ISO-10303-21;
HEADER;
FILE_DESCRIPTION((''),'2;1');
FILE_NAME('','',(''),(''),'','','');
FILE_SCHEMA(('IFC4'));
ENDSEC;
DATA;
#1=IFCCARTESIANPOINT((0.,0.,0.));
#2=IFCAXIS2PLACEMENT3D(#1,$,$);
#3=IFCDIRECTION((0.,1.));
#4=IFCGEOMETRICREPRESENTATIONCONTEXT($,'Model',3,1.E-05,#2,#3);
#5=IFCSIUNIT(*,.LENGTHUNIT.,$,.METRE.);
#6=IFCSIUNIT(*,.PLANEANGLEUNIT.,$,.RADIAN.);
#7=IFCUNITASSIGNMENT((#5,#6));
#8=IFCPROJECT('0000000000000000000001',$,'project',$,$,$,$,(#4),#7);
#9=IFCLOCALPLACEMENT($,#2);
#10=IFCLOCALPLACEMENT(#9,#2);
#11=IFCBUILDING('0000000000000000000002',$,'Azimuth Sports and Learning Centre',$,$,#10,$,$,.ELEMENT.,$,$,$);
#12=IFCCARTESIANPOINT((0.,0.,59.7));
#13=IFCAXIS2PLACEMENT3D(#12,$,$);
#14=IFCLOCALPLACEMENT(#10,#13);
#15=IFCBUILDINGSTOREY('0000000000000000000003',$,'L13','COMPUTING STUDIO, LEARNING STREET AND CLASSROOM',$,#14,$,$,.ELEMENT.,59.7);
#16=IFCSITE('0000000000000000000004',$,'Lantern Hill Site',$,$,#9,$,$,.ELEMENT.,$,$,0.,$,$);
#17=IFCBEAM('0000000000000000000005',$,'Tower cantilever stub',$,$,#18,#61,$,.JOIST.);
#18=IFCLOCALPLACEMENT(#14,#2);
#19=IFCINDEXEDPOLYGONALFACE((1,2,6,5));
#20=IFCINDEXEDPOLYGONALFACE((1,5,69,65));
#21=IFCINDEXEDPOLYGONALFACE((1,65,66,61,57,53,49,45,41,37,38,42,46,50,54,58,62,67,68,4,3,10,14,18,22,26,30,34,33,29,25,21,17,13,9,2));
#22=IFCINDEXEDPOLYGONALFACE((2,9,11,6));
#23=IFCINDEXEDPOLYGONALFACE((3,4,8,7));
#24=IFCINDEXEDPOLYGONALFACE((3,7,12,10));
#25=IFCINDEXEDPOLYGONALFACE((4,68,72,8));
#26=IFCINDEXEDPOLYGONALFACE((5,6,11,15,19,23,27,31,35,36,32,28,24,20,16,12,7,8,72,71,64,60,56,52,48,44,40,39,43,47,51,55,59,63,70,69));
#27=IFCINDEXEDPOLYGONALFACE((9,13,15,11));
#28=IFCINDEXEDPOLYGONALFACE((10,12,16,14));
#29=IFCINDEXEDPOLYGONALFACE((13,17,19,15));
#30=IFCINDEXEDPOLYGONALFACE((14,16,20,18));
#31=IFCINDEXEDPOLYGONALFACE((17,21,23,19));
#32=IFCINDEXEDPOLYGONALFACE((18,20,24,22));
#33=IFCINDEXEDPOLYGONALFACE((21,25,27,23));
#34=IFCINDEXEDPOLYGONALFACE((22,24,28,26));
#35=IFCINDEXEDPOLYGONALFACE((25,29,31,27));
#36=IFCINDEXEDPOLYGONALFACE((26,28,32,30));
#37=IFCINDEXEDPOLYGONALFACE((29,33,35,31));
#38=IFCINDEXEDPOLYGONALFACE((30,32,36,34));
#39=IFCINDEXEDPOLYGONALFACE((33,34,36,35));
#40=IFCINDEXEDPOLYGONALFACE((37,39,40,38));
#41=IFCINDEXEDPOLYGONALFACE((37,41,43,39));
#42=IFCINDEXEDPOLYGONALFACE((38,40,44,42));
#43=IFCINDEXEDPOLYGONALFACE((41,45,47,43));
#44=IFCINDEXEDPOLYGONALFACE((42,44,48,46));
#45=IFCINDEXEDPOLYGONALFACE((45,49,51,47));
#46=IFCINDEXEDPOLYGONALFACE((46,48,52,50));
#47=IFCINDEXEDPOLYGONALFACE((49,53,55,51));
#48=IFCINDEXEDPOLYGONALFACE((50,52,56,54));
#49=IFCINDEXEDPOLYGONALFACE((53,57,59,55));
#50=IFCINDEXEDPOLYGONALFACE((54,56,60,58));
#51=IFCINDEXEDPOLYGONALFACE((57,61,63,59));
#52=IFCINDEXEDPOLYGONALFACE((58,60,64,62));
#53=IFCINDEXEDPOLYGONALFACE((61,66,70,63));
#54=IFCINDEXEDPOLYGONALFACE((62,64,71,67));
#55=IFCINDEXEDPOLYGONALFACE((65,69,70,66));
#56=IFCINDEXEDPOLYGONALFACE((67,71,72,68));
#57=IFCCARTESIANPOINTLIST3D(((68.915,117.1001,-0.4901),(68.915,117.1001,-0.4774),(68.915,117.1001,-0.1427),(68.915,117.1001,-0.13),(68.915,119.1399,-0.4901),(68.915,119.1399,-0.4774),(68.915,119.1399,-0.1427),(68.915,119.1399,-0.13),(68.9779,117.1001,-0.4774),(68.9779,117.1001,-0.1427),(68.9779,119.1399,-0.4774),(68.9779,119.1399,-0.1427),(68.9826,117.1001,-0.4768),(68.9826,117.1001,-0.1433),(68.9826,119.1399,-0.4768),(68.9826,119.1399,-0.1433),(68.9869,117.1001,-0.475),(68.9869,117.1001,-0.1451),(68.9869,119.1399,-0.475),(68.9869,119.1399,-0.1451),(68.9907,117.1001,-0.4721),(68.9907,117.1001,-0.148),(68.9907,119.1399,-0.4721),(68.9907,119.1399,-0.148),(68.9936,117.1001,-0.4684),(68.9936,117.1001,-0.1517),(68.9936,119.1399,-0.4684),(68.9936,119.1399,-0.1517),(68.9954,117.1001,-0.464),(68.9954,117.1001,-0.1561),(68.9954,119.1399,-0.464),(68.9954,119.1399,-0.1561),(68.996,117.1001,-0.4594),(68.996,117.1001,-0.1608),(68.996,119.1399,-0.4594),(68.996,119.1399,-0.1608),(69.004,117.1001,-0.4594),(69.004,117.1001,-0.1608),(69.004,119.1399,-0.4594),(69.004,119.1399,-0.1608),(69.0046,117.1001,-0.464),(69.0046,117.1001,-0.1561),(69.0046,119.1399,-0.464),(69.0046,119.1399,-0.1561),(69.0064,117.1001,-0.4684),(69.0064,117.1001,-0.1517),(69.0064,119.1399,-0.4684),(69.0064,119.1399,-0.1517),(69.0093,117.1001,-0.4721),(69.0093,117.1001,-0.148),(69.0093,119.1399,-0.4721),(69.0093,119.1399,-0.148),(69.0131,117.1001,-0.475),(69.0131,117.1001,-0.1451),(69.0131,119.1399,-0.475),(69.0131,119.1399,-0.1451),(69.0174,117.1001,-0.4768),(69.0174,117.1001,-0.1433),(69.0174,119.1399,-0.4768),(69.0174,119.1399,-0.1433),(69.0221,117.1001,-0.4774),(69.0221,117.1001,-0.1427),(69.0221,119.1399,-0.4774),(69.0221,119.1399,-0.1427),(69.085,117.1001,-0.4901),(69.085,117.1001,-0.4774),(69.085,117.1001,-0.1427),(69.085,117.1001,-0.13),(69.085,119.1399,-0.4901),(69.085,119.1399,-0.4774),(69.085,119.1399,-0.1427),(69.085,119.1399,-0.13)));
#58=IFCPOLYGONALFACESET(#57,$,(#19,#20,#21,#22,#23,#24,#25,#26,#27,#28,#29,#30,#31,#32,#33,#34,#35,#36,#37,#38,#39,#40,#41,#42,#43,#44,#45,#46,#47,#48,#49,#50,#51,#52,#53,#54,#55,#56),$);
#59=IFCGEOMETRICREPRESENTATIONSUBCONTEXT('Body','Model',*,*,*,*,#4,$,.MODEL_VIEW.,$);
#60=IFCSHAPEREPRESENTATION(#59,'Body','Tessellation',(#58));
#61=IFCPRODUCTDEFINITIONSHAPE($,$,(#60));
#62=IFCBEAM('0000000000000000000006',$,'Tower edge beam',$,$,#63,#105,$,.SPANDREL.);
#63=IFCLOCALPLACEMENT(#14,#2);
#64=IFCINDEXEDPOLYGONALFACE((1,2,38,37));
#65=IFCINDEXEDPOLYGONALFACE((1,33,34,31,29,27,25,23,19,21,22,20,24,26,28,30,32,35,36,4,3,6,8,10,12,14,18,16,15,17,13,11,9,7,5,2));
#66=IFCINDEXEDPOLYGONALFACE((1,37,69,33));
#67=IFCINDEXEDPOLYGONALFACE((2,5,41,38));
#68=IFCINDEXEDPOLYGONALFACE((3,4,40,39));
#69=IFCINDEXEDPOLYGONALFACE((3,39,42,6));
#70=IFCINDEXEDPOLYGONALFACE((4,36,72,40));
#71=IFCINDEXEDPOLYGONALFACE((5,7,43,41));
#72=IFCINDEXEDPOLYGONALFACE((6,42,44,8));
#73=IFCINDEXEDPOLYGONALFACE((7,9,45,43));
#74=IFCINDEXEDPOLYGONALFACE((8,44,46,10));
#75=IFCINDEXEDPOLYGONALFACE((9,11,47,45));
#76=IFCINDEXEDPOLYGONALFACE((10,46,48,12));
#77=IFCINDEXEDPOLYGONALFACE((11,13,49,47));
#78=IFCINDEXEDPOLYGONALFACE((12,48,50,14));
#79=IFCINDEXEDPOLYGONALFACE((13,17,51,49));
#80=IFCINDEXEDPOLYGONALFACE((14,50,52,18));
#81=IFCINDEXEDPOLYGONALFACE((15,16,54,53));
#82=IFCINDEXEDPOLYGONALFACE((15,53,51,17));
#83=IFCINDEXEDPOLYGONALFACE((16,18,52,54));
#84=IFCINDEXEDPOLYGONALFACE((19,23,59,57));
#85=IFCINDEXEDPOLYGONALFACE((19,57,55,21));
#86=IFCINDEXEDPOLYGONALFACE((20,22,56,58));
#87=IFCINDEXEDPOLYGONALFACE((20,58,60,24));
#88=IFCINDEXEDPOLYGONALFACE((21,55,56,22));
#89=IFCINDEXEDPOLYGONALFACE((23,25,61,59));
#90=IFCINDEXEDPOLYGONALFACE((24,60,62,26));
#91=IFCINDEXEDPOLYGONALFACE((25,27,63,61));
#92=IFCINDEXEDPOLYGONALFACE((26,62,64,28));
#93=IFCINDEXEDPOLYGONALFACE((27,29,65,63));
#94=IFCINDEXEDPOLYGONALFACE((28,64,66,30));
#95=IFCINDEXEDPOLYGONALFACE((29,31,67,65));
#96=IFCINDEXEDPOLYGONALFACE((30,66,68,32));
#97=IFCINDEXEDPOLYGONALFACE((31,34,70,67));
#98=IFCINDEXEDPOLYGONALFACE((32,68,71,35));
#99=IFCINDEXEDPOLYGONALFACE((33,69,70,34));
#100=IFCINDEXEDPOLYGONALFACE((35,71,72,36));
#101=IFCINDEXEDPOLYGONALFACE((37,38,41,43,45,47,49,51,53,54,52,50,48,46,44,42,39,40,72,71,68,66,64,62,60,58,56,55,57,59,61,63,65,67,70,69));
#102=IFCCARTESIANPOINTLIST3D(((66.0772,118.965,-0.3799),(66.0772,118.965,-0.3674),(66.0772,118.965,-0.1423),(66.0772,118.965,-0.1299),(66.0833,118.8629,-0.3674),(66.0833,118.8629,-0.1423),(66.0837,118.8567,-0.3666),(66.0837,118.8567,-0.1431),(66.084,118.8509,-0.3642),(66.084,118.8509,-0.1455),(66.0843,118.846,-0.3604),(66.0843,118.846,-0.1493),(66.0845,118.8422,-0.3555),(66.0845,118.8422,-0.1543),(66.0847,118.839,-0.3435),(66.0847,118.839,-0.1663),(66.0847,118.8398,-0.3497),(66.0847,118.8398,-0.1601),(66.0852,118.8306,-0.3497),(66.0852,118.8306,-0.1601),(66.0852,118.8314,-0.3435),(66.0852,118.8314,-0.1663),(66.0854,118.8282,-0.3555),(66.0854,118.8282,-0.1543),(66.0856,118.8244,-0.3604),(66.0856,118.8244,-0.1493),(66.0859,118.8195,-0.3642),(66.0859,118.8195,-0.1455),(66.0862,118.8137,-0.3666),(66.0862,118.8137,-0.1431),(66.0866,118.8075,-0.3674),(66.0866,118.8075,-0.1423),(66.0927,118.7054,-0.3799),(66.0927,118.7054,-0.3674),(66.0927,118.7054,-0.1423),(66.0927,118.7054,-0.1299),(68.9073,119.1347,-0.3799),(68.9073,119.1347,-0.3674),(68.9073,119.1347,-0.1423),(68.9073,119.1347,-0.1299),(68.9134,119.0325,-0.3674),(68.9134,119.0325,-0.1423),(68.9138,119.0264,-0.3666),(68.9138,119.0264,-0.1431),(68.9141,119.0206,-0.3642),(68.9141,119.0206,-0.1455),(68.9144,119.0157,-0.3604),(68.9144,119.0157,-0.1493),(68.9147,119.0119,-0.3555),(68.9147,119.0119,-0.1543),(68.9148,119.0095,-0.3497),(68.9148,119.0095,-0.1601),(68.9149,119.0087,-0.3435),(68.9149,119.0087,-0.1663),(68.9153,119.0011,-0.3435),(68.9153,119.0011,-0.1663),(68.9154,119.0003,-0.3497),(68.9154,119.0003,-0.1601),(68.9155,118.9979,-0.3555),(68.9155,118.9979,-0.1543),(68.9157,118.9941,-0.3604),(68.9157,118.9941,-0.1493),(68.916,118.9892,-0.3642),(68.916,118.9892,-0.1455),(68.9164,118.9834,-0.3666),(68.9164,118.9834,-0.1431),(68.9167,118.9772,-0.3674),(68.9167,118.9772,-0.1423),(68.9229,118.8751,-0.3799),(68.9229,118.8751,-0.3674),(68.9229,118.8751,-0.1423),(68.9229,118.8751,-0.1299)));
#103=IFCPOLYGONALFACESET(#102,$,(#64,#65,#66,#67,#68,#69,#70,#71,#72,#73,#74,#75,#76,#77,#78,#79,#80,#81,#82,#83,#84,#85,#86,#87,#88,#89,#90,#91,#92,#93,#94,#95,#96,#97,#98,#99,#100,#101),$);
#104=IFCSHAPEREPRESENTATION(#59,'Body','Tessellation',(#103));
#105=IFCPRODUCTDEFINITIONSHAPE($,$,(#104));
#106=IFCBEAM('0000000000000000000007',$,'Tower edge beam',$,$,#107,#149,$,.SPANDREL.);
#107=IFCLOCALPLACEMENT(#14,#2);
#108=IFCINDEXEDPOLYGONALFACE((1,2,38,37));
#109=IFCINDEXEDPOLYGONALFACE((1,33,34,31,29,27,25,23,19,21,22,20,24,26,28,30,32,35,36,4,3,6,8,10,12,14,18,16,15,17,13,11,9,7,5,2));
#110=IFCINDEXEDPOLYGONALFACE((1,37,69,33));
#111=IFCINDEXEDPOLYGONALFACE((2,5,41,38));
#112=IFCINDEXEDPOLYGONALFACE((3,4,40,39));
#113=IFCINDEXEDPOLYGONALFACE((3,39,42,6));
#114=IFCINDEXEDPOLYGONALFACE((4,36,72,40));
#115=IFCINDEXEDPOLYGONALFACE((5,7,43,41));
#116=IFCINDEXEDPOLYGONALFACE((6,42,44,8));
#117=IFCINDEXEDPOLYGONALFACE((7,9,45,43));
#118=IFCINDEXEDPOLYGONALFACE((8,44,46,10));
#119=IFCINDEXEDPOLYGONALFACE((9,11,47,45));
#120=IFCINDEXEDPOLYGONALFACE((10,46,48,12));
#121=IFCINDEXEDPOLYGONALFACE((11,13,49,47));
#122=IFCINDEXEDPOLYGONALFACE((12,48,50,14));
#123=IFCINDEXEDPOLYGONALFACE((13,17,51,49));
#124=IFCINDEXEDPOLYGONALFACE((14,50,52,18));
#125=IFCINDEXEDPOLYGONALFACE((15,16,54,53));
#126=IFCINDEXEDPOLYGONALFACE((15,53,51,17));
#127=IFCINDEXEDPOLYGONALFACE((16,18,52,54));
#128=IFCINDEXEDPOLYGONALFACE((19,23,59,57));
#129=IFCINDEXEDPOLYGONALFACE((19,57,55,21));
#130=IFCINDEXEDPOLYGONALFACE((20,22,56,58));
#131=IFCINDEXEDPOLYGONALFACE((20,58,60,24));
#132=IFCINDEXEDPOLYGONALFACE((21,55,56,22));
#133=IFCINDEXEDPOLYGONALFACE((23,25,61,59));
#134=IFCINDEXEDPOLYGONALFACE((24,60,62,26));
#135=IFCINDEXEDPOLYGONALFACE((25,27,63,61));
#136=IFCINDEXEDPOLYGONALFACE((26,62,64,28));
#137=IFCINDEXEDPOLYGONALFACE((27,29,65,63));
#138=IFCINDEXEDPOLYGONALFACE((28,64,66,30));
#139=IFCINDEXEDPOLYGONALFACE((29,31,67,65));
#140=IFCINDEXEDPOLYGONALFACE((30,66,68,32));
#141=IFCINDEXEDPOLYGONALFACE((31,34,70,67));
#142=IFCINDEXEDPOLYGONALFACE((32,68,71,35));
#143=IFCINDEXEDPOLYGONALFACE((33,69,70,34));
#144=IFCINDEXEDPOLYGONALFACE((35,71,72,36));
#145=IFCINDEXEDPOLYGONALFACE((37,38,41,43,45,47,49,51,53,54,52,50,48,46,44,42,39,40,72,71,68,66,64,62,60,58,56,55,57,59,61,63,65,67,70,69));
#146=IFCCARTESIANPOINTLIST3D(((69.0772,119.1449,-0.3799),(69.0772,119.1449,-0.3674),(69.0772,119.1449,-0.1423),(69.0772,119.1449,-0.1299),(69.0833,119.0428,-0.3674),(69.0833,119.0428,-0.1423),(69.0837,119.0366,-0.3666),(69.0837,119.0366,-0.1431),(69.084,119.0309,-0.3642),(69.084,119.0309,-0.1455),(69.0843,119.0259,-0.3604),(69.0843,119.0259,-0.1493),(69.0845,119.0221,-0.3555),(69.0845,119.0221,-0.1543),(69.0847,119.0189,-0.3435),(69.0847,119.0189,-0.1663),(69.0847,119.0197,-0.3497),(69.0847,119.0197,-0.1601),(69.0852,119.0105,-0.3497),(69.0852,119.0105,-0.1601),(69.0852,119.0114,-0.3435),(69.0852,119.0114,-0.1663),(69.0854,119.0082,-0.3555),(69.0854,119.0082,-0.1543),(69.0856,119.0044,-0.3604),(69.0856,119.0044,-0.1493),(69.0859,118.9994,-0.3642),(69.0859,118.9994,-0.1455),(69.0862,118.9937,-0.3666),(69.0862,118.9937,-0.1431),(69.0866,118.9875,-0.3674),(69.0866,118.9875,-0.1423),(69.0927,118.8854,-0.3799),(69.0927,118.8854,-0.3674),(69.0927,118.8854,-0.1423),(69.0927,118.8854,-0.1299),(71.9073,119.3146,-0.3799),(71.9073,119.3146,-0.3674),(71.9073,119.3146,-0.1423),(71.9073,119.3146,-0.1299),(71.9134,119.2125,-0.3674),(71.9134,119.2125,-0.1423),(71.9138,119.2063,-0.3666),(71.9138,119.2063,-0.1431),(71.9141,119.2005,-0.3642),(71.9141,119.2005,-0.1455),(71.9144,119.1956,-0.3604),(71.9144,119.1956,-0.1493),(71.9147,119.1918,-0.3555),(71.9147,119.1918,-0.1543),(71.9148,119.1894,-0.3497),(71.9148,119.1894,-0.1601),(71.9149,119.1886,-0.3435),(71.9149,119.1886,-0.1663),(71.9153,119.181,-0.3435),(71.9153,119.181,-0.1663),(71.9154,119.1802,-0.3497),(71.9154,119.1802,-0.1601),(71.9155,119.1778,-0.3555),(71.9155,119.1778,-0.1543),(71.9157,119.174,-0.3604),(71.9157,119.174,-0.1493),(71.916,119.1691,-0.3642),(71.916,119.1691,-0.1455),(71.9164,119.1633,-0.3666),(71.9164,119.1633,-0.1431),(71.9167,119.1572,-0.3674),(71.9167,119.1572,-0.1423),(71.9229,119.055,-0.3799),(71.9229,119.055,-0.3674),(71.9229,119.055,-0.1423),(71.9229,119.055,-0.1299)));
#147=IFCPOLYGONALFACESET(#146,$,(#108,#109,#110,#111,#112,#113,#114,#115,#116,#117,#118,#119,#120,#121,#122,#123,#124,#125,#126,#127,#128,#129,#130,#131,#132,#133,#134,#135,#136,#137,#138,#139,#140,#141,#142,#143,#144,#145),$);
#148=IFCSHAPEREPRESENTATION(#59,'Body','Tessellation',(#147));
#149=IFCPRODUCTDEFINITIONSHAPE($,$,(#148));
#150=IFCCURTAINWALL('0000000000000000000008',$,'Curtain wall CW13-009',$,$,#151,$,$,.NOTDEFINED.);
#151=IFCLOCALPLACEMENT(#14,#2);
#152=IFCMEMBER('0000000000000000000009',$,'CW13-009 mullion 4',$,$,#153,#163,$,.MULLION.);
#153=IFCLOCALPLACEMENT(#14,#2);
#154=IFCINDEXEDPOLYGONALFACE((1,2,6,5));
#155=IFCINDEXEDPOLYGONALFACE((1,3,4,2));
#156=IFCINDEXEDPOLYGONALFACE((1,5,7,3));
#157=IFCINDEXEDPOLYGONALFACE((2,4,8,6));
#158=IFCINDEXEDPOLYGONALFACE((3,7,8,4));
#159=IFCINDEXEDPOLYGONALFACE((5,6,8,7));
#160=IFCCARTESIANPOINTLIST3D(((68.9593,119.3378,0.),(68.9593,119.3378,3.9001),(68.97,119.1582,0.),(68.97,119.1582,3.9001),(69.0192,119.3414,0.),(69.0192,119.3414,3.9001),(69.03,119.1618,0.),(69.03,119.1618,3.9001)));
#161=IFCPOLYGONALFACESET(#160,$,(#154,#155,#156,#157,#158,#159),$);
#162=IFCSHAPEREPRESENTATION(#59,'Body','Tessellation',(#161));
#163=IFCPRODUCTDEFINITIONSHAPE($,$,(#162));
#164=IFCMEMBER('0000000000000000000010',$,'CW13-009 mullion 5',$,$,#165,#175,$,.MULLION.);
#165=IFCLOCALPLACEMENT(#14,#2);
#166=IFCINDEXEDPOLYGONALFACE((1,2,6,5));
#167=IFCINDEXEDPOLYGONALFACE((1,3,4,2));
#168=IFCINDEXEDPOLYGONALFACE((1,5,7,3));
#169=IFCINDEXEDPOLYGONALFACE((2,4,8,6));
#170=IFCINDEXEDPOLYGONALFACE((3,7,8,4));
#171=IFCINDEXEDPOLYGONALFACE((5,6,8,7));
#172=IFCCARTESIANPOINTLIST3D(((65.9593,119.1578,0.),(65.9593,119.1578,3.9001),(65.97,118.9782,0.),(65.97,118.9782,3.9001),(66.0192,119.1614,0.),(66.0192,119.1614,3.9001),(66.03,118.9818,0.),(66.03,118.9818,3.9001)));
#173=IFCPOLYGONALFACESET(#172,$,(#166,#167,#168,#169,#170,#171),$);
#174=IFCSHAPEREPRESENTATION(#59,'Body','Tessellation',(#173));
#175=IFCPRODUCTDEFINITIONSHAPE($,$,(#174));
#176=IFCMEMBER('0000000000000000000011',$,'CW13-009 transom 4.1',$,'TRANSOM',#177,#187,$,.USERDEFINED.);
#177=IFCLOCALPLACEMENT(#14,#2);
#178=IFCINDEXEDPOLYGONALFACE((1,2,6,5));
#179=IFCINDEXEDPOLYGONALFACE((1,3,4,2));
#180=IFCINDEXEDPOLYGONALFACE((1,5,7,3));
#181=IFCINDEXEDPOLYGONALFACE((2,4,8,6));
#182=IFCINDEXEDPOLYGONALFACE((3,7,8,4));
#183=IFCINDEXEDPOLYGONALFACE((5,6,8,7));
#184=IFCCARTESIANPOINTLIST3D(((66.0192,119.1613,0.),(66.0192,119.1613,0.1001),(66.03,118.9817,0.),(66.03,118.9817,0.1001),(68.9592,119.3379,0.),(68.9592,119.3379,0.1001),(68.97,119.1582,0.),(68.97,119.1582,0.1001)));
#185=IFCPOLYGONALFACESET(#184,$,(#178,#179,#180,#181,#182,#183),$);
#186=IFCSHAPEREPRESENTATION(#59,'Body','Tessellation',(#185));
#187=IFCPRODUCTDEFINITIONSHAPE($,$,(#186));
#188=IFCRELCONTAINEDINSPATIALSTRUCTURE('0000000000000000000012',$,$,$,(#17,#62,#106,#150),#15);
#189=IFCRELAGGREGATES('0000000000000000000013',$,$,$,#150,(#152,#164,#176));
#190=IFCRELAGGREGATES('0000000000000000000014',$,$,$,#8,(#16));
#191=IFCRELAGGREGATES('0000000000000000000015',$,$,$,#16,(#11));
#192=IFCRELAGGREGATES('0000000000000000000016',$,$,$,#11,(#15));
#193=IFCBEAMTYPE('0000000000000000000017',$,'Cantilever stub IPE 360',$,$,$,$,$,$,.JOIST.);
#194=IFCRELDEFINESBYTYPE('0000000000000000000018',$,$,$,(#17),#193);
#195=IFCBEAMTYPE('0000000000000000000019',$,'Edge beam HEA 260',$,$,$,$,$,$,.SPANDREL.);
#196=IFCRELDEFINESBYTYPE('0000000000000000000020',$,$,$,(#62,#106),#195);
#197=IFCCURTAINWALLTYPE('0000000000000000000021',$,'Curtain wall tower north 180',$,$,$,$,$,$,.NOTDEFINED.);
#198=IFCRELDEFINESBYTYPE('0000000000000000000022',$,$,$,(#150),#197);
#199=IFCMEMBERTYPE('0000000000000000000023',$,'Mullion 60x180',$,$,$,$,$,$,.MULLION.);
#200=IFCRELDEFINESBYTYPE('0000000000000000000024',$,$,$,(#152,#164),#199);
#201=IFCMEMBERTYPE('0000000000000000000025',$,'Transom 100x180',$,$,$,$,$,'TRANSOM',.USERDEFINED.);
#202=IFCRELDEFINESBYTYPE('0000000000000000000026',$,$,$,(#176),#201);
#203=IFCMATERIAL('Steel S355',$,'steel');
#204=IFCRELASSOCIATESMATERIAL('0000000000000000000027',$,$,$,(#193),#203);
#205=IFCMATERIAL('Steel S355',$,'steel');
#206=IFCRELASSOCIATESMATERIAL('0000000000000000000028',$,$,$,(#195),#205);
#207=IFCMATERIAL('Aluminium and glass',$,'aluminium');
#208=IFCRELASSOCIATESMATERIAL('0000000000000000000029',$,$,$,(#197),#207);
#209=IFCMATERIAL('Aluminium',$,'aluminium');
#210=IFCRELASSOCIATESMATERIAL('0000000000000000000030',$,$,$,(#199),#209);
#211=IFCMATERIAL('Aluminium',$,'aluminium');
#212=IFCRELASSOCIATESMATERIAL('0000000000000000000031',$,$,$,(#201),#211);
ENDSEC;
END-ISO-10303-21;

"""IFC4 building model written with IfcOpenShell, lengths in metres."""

from ifc_helpers import new_model, si_unit, direction, frame, origin, origin_2d, place, context, subcontext, project, spatial, rectangle, i_section, extrude, material, material_profile, profile_set, type_object, element, aggregate, save


model = new_model("IFC4")

# Units and contexts
model_context = context("Model", 3, precision=1e-05, world=origin(), true_north=direction((0.0, 1.0)))
body_context = subcontext(model_context, "Body", "Model", "MODEL_VIEW")
ifc_project = project(units=[si_unit("LENGTHUNIT", "METRE"), si_unit("PLANEANGLEUNIT", "RADIAN")], contexts=[model_context])

# Site, building, storey
site_placement = place(None, origin())
site = spatial("IfcSite", under=ifc_project, at=site_placement, Name="Lantern Hill Site", CompositionType="ELEMENT", RefElevation=0.0)
building_placement = place(site_placement, origin())
building = spatial("IfcBuilding", under=site, at=building_placement, Name="Azimuth Sports and Learning Centre", CompositionType="ELEMENT")
storey_placement = place(building_placement, frame((0.0, 0.0, 59.7)))
storey = spatial("IfcBuildingStorey", under=building, at=storey_placement, Name="L13", Description="COMPUTING STUDIO, LEARNING STREET AND CLASSROOM", CompositionType="ELEMENT", Elevation=59.7)

# Beams
ifc_material_1 = material(Name="Steel S355", Category="steel")
ifc_material_profile_1 = material_profile(ifc_material_1, i_section(OverallWidth=0.1699, OverallDepth=0.3601, WebThickness=0.0081, FlangeThickness=0.0127, FilletRadius=0.0181, at=origin_2d()), Name="IPE 360")
ifc_profile_set_1 = profile_set([ifc_material_profile_1], Name="Steel S355")
beam_type_1 = type_object("IfcBeamType", Name="Cantilever stub IPE 360", PredefinedType="JOIST", material=ifc_profile_set_1)
beam_placement = place(storey_placement, frame((69.0, 117.1001, -0.3101), z_axis=(0.0, 1.0, 0.0), x_axis=(-1.0, 0.0, 0.0)))
element("IfcBeam", 1, at=beam_placement, inside=storey, type_object=beam_type_1, Name="Tower cantilever stub", PredefinedType="JOIST", context=body_context, shape_type="SweptSolid", body=[
    extrude(i_section(OverallWidth=0.1699, OverallDepth=0.3601, WebThickness=0.0081, FlangeThickness=0.0127, FilletRadius=0.0181, at=origin_2d()), origin(), (0.0, 0.0, 1.0), 2.0398),
])
ifc_material_2 = material(Name="Steel S355", Category="steel")
ifc_material_profile_2 = material_profile(ifc_material_2, i_section(OverallWidth=0.26, OverallDepth=0.25, WebThickness=0.0076, FlangeThickness=0.0125, FilletRadius=0.0239, at=origin_2d()), Name="HEA 260")
ifc_profile_set_2 = profile_set([ifc_material_profile_2], Name="Steel S355")
beam_type_2 = type_object("IfcBeamType", Name="Edge beam HEA 260", PredefinedType="SPANDREL", material=ifc_profile_set_2)
for number, where, z_axis, x_axis, name in (
    (2, (66.085, 118.8352, -0.2549), (0.998208, 0.059848, 0.0), (-0.059848, 0.998208, 0.0), "Tower edge beam"),
    (3, (69.085, 119.0151, -0.2549), (0.998208, 0.059848, 0.0), (-0.059848, 0.998208, 0.0), "Tower edge beam"),
):
    element("IfcBeam", number, at=place(storey_placement, frame(where, z_axis=z_axis, x_axis=x_axis)), inside=storey, type_object=beam_type_2, Name=name, PredefinedType="SPANDREL", context=body_context, shape_type="SweptSolid", body=[
        extrude(i_section(OverallWidth=0.26, OverallDepth=0.25, WebThickness=0.0076, FlangeThickness=0.0125, FilletRadius=0.0239, at=origin_2d()), origin(), (0.0, 0.0, 1.0), 2.8352),
    ])

# Curtain wall, members
ifc_material_3 = material(Name="Aluminium and glass", Category="aluminium")
curtain_wall_type = type_object("IfcCurtainWallType", Name="Curtain wall tower north 180", PredefinedType="NOTDEFINED", material=ifc_material_3)
curtain_wall_placement = place(storey_placement, origin())
curtain_wall = element("IfcCurtainWall", 4, at=curtain_wall_placement, inside=storey, type_object=curtain_wall_type, Name="Curtain wall CW13-009", PredefinedType="NOTDEFINED")
ifc_material_4 = material(Name="Aluminium", Category="aluminium")
ifc_material_profile_3 = material_profile(ifc_material_4, rectangle(XDim=0.1799, YDim=0.0601, at=origin_2d()), Name="Mullion 60x180")
ifc_profile_set_3 = profile_set([ifc_material_profile_3], Name="Aluminium")
member_type_1 = type_object("IfcMemberType", Name="Mullion 60x180", PredefinedType="MULLION", material=ifc_profile_set_3)
member_1_placement = place(storey_placement, frame((68.9946, 119.2498, 0.0), z_axis=(0.0, 0.0, 1.0), x_axis=(0.059892, -0.998205, 0.0)))
member_1 = element("IfcMember", 5, at=member_1_placement, type_object=member_type_1, Name="CW13-009 mullion 4", PredefinedType="MULLION", context=body_context, shape_type="SweptSolid", body=[
    extrude(rectangle(XDim=0.1799, YDim=0.0601, at=origin_2d()), origin(), (0.0, 0.0, 1.0), 3.9001),
])
member_2_placement = place(storey_placement, frame((65.9946, 119.0698, 0.0), z_axis=(0.0, 0.0, 1.0), x_axis=(0.059892, -0.998205, 0.0)))
member_2 = element("IfcMember", 6, at=member_2_placement, type_object=member_type_1, Name="CW13-009 mullion 5", PredefinedType="MULLION", context=body_context, shape_type="SweptSolid", body=[
    extrude(rectangle(XDim=0.1799, YDim=0.0601, at=origin_2d()), origin(), (0.0, 0.0, 1.0), 3.9001),
])
ifc_material_5 = material(Name="Aluminium", Category="aluminium")
ifc_material_profile_4 = material_profile(ifc_material_5, rectangle(XDim=0.1799, YDim=0.1001, at=origin_2d()), Name="Transom 100x180")
ifc_profile_set_4 = profile_set([ifc_material_profile_4], Name="Aluminium")
member_type_2 = type_object("IfcMemberType", Name="Transom 100x180", ElementType="TRANSOM", PredefinedType="USERDEFINED", material=ifc_profile_set_4)
member_3_placement = place(storey_placement, frame((68.9646, 119.248, 0.05), z_axis=(-0.998202, -0.059932, 0.0), x_axis=(0.059932, -0.998202, 0.0)))
member_3 = element("IfcMember", 7, at=member_3_placement, type_object=member_type_2, Name="CW13-009 transom 4.1", ObjectType="TRANSOM", PredefinedType="USERDEFINED", context=body_context, shape_type="SweptSolid", body=[
    extrude(rectangle(XDim=0.1799, YDim=0.1001, at=origin_2d()), origin(), (0.0, 0.0, 1.0), 2.9453),
])
aggregate(curtain_wall, [member_1, member_2, member_3])

save(model, "model.ifc")
